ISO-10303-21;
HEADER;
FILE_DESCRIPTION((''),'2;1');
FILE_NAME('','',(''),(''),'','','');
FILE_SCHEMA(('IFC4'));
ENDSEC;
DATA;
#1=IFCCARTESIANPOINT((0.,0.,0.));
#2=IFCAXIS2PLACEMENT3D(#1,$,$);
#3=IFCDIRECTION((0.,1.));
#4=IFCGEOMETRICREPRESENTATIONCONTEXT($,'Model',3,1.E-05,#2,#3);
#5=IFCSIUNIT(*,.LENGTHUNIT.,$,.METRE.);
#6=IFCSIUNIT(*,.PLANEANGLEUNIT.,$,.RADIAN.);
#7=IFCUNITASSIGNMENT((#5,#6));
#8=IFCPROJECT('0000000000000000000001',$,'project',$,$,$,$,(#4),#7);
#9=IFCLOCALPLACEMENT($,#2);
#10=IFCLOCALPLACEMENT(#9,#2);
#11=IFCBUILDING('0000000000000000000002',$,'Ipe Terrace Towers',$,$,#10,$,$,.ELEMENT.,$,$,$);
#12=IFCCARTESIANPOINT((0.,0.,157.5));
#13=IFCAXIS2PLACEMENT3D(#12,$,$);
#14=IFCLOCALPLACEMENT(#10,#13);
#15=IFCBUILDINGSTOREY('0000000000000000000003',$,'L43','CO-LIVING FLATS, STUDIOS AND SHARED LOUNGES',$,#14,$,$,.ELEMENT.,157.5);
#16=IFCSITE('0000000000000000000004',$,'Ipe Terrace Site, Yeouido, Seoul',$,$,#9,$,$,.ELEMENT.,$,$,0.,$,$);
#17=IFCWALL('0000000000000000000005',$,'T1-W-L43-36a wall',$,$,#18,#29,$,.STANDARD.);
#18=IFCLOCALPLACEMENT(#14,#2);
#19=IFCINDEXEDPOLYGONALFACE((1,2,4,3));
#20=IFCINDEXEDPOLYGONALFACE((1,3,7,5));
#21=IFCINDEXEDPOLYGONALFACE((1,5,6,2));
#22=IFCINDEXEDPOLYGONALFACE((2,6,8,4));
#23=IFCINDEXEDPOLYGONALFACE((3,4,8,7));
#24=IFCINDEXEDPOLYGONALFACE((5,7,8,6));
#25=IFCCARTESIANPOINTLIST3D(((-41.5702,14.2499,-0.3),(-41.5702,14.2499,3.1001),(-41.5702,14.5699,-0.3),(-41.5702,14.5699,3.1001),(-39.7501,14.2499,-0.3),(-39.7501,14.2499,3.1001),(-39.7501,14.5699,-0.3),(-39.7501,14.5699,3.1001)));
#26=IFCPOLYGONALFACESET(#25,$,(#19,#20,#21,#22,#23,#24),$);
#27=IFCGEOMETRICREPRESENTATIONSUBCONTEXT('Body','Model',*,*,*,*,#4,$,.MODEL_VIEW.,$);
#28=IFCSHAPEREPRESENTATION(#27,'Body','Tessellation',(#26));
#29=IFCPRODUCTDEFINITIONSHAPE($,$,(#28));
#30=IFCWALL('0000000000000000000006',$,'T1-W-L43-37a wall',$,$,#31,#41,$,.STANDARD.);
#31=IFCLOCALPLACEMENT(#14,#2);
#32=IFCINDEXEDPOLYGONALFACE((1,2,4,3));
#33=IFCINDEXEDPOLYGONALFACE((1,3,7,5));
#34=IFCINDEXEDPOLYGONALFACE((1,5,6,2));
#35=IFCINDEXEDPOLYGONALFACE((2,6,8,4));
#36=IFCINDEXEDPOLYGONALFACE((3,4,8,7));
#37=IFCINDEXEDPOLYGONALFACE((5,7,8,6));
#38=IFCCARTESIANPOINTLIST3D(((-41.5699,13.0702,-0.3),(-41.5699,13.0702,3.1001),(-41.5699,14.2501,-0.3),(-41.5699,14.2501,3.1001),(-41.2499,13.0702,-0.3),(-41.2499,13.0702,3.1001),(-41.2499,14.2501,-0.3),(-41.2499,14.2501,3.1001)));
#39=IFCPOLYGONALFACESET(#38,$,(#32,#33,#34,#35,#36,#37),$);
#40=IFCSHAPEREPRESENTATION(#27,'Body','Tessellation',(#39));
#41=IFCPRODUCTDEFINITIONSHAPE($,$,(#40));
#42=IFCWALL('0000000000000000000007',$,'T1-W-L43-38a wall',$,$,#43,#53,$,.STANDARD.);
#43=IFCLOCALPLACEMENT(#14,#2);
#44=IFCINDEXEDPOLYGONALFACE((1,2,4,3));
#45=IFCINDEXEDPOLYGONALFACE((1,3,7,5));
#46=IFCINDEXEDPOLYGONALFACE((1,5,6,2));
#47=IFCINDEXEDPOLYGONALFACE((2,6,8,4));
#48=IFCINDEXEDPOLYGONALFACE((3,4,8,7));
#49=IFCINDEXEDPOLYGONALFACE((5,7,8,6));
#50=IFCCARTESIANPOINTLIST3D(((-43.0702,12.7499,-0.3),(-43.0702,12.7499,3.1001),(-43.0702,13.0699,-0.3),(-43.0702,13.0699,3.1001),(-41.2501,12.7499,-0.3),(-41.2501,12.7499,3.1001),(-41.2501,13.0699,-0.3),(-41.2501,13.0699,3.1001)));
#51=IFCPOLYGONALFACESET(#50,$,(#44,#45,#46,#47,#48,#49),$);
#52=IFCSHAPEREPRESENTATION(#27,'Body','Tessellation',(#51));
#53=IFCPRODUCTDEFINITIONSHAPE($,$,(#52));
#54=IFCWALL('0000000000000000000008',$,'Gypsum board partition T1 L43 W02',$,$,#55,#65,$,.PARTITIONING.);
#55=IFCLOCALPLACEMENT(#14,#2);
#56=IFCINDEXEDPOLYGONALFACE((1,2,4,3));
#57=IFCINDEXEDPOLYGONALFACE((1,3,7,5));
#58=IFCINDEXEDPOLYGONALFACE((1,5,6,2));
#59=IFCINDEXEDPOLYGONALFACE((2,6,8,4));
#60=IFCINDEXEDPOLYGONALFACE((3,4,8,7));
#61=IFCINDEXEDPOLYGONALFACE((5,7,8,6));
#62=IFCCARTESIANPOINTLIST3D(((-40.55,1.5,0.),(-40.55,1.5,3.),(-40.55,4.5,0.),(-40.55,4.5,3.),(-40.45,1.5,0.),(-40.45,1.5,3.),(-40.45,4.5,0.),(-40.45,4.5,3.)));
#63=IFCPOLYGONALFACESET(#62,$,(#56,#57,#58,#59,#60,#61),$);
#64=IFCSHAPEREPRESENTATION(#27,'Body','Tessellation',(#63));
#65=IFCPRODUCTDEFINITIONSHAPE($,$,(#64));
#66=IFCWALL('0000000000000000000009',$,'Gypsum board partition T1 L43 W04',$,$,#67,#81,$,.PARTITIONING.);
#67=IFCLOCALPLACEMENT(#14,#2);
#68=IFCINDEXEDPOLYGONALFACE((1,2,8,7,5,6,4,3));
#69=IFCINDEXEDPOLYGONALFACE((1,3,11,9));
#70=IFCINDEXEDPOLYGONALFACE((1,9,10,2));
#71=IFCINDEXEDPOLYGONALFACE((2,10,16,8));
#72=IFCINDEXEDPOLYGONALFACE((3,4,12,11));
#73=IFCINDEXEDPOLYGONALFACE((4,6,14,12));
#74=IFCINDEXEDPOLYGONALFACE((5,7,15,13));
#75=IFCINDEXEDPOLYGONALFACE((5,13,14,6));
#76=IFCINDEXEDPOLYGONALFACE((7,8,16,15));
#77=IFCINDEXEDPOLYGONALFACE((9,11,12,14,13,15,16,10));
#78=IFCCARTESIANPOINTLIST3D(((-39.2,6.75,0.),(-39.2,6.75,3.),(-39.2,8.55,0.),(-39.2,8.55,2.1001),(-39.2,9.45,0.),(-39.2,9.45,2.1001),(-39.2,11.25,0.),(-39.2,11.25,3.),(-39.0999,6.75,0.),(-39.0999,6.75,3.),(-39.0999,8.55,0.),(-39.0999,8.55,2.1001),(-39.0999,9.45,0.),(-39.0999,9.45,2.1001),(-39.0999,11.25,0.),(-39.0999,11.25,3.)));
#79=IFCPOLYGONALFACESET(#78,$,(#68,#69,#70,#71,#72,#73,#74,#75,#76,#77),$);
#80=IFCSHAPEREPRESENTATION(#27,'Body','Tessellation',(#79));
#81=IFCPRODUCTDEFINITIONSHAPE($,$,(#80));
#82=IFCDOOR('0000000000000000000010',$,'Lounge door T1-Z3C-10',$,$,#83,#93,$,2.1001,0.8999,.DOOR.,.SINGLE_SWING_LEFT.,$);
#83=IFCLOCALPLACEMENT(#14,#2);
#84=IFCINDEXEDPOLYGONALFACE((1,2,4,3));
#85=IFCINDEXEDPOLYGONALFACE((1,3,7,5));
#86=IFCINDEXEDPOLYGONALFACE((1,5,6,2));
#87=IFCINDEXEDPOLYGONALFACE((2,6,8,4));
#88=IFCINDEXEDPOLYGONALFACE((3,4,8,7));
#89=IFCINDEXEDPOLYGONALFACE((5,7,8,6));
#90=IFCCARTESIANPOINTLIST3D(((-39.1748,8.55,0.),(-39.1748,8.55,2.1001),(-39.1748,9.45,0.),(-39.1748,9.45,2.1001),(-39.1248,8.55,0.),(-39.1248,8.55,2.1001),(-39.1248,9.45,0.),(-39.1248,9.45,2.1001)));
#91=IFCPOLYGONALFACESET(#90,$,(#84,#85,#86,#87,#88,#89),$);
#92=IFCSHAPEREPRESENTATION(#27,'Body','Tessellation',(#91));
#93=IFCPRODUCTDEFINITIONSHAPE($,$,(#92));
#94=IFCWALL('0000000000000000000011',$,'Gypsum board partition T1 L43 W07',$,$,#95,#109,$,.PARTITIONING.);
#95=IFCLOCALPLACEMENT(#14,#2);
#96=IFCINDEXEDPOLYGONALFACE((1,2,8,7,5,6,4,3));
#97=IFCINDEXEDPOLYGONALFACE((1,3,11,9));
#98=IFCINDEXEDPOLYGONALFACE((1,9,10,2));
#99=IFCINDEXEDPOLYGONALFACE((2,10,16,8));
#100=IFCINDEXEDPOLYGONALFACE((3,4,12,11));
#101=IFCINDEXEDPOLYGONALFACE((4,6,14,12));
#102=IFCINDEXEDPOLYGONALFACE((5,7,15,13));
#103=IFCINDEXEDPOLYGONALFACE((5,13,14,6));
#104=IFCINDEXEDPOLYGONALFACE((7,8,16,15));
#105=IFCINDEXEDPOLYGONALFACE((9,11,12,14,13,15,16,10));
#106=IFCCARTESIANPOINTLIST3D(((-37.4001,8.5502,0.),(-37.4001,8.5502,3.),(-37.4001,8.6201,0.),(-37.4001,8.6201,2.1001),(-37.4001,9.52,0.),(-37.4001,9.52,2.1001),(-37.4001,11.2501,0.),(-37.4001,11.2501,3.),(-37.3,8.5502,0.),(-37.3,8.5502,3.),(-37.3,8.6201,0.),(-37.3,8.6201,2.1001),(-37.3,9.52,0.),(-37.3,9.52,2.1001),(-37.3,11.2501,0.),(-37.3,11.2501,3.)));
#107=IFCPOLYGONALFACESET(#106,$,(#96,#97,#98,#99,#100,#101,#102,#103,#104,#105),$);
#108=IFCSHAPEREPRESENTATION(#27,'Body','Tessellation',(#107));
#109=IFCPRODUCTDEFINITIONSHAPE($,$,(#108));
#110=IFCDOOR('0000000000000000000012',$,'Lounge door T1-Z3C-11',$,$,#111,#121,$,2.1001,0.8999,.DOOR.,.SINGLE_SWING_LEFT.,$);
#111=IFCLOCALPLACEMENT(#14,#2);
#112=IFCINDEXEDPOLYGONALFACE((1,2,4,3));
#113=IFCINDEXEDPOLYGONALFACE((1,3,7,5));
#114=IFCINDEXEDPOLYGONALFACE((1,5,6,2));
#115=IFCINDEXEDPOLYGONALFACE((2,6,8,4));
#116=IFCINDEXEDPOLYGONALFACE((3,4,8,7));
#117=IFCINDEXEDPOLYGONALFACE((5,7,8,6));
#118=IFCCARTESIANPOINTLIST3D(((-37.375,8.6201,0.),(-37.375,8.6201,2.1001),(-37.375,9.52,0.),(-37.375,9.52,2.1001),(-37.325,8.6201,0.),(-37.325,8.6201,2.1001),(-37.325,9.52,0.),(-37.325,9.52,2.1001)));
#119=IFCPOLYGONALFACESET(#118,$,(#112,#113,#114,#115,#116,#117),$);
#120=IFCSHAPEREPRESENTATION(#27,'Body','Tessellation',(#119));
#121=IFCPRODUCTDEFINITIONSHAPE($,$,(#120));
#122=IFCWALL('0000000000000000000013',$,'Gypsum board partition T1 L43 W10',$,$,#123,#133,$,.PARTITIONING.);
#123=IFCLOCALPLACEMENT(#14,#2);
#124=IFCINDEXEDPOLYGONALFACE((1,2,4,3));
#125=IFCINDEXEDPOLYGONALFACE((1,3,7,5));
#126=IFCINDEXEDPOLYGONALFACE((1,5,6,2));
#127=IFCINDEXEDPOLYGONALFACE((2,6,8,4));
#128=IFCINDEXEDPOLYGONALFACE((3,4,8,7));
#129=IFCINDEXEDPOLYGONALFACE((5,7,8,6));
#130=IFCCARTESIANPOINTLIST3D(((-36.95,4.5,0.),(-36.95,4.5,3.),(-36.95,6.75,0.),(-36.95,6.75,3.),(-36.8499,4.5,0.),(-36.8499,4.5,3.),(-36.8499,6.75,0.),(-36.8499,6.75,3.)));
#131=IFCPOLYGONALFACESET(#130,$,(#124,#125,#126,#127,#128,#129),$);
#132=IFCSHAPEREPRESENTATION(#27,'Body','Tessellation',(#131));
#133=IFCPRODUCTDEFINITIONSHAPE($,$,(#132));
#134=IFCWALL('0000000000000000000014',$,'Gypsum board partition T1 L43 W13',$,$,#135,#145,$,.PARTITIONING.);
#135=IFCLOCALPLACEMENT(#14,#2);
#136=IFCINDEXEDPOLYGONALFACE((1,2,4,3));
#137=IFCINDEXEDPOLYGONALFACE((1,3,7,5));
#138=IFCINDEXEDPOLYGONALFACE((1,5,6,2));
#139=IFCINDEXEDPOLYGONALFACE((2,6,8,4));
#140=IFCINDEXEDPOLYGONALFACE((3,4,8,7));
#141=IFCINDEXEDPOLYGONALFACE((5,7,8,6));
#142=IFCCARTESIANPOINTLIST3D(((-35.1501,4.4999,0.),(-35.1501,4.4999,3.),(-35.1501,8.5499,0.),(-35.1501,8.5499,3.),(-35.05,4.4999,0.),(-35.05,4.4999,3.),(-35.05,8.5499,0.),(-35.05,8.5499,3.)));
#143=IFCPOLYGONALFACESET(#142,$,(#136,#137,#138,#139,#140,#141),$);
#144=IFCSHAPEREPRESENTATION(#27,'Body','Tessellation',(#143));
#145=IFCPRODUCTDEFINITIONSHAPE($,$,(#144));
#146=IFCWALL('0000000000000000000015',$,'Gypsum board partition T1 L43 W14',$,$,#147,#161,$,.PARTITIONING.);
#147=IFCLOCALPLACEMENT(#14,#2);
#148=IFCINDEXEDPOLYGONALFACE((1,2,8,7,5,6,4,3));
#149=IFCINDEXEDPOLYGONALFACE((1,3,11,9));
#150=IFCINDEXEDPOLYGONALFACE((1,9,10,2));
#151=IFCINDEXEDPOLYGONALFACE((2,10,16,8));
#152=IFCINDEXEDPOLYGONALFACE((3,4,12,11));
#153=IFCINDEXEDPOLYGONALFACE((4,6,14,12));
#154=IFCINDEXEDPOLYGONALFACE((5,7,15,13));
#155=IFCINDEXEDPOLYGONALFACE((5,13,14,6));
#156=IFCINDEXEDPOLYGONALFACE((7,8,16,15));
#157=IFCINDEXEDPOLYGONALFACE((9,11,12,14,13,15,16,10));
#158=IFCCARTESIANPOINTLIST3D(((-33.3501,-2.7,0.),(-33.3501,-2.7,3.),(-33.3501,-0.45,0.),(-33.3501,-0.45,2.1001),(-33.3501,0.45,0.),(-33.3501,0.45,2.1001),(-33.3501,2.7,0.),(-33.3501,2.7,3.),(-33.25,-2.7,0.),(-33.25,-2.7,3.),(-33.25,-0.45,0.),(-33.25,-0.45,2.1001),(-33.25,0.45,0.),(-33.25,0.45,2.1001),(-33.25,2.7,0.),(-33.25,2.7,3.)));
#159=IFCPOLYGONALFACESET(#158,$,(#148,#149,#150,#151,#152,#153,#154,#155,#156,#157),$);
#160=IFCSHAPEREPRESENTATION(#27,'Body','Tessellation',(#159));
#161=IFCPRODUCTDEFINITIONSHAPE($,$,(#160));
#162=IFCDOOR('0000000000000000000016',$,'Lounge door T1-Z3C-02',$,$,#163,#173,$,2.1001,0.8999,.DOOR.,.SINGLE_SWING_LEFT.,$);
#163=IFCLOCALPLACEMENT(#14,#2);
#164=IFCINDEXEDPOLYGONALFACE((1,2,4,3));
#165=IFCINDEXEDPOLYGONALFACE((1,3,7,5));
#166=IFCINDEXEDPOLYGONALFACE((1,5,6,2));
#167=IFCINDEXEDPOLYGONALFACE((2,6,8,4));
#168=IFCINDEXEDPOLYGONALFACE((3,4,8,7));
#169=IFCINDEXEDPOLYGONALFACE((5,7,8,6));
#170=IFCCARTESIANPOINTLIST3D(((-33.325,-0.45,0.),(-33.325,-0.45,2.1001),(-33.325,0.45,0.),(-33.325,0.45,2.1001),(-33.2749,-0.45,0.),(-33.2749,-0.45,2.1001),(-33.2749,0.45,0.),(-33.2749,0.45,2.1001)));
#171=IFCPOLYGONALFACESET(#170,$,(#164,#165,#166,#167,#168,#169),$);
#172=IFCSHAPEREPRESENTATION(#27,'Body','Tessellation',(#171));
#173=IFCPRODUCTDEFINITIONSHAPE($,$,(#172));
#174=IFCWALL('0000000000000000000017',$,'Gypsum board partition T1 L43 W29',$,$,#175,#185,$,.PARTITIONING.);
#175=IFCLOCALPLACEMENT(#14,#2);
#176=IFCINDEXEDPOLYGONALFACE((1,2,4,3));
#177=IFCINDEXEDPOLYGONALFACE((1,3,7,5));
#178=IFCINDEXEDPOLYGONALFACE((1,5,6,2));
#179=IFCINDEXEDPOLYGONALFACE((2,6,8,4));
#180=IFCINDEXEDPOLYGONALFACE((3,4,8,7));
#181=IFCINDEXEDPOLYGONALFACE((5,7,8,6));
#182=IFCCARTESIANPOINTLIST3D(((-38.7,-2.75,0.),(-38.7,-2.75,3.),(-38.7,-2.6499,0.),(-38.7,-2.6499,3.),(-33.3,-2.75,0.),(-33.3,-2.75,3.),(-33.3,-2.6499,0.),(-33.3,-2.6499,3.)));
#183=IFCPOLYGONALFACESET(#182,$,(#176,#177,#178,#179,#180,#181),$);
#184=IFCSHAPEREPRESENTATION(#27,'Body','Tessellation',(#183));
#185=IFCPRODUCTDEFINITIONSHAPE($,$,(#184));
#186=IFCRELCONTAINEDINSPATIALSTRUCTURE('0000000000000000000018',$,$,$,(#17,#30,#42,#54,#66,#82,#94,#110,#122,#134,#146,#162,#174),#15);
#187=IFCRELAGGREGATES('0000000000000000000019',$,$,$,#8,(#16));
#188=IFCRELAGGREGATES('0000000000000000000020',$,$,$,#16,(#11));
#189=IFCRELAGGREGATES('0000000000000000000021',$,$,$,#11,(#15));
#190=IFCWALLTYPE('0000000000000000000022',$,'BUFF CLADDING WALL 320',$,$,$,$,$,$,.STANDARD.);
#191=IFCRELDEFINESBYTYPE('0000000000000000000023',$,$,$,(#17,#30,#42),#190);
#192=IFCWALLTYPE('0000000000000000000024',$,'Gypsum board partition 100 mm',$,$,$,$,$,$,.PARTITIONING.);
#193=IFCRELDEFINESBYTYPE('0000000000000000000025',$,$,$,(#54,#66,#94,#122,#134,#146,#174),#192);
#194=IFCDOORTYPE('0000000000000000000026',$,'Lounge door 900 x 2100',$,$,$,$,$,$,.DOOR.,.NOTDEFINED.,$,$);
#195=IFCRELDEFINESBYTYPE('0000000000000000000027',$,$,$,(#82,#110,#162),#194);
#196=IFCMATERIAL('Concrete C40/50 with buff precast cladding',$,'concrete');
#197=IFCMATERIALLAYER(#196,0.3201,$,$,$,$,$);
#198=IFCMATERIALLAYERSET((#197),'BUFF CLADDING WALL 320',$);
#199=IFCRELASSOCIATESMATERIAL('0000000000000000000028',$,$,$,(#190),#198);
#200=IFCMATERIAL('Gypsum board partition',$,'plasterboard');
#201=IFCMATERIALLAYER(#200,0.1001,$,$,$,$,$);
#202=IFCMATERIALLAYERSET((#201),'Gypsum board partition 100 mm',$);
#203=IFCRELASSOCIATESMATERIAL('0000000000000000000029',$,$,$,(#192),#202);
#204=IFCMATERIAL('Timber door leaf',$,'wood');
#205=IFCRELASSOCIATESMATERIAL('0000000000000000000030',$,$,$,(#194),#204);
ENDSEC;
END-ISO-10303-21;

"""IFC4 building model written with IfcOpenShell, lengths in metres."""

from ifc_helpers import new_model, si_unit, direction, frame, frame_2d, origin, place, context, subcontext, project, spatial, rectangle, extrude, material, layer, layer_set, type_object, element, fill, save


model = new_model("IFC4")

# Units and contexts
model_context = context("Model", 3, precision=1e-05, world=origin(), true_north=direction((0.0, 1.0)))
body_context = subcontext(model_context, "Body", "Model", "MODEL_VIEW")
ifc_project = project(units=[si_unit("LENGTHUNIT", "METRE"), si_unit("PLANEANGLEUNIT", "RADIAN")], contexts=[model_context])

# Site, building, storey
site_placement = place(None, origin())
site = spatial("IfcSite", under=ifc_project, at=site_placement, Name="Ipe Terrace Site, Yeouido, Seoul", CompositionType="ELEMENT", RefElevation=0.0)
building_placement = place(site_placement, origin())
building = spatial("IfcBuilding", under=site, at=building_placement, Name="Ipe Terrace Towers", CompositionType="ELEMENT")
storey_placement = place(building_placement, frame((0.0, 0.0, 157.5)))
storey = spatial("IfcBuildingStorey", under=building, at=storey_placement, Name="L43", Description="CO-LIVING FLATS, STUDIOS AND SHARED LOUNGES", CompositionType="ELEMENT", Elevation=157.5)

# Walls
ifc_material_1 = material(Name="Concrete C40/50 with buff precast cladding", Category="concrete")
ifc_layer_1 = layer(ifc_material_1, 0.3201)
ifc_layer_set_1 = layer_set([ifc_layer_1], Name="BUFF CLADDING WALL 320")
wall_type_1 = type_object("IfcWallType", Name="BUFF CLADDING WALL 320", PredefinedType="STANDARD", material=ifc_layer_set_1)
wall_1_placement = place(storey_placement, frame((-39.75, 14.4099, -0.3), z_axis=(0.0, 0.0, 1.0), x_axis=(-1.0, 0.0, 0.0)))
element("IfcWall", 1, at=wall_1_placement, inside=storey, type_object=wall_type_1, Name="T1-W-L43-36a wall", PredefinedType="STANDARD", context=body_context, shape_type="SweptSolid", body=[
    extrude(rectangle(XDim=1.8201, YDim=0.3201, at=frame_2d((0.9102, 0.0))), origin(), (0.0, 0.0, 1.0), 3.4001),
])
wall_2_placement = place(storey_placement, frame((-41.4099, 14.25, -0.3), z_axis=(0.0, 0.0, 1.0), x_axis=(0.0, -1.0, 0.0)))
element("IfcWall", 2, at=wall_2_placement, inside=storey, type_object=wall_type_1, Name="T1-W-L43-37a wall", PredefinedType="STANDARD", context=body_context, shape_type="SweptSolid", body=[
    extrude(rectangle(XDim=1.1799, YDim=0.3201, at=frame_2d((0.5898, 0.0))), origin(), (0.0, 0.0, 1.0), 3.4001),
])
wall_3_placement = place(storey_placement, frame((-41.25, 12.9099, -0.3), z_axis=(0.0, 0.0, 1.0), x_axis=(-1.0, 0.0, 0.0)))
element("IfcWall", 3, at=wall_3_placement, inside=storey, type_object=wall_type_1, Name="T1-W-L43-38a wall", PredefinedType="STANDARD", context=body_context, shape_type="SweptSolid", body=[
    extrude(rectangle(XDim=1.8201, YDim=0.3201, at=frame_2d((0.9102, 0.0))), origin(), (0.0, 0.0, 1.0), 3.4001),
])
ifc_material_2 = material(Name="Gypsum board partition", Category="plasterboard")
ifc_layer_2 = layer(ifc_material_2, 0.1001)
ifc_layer_set_2 = layer_set([ifc_layer_2], Name="Gypsum board partition 100 mm")
wall_type_2 = type_object("IfcWallType", Name="Gypsum board partition 100 mm", PredefinedType="PARTITIONING", material=ifc_layer_set_2)
wall_4_placement = place(storey_placement, frame((-40.5, 1.5, 0.0), z_axis=(0.0, 0.0, 1.0), x_axis=(0.0, 1.0, 0.0)))
element("IfcWall", 4, at=wall_4_placement, inside=storey, type_object=wall_type_2, Name="Gypsum board partition T1 L43 W02", PredefinedType="PARTITIONING", context=body_context, shape_type="SweptSolid", body=[
    extrude(rectangle(XDim=3.0, YDim=0.1001, at=frame_2d((1.5, 0.0))), origin(), (0.0, 0.0, 1.0), 3.0),
])

# Walls, openings, doors
wall_5_placement = place(storey_placement, frame((-39.1499, 6.75, 0.0), z_axis=(0.0, 0.0, 1.0), x_axis=(0.0, 1.0, 0.0)))
wall_5 = element("IfcWall", 5, at=wall_5_placement, inside=storey, type_object=wall_type_2, Name="Gypsum board partition T1 L43 W04", PredefinedType="PARTITIONING", context=body_context, shape_type="SweptSolid", body=[
    extrude(rectangle(XDim=4.5, YDim=0.1001, at=frame_2d((2.25, 0.0))), origin(), (0.0, 0.0, 1.0), 3.0),
])
opening_1_placement = place(wall_5_placement, frame((1.8, 0.0, 0.0)))
opening_1 = element("IfcOpeningElement", 6, at=opening_1_placement, cuts=wall_5, PredefinedType="OPENING", context=body_context, shape_type="SweptSolid", body=[
    extrude(rectangle(XDim=0.8999, YDim=2.1001, at=frame_2d((0.45, 1.05))), frame((0.0, 0.0601, 0.0), z_axis=(0.0, -1.0, 0.0), x_axis=(1.0, 0.0, 0.0)), (0.0, 0.0, 1.0), 0.1201),
])
ifc_material_3 = material(Name="Timber door leaf", Category="wood")
door_type = type_object("IfcDoorType", Name="Lounge door 900 x 2100", OperationType="NOTDEFINED", PredefinedType="DOOR", material=ifc_material_3)
door_1_placement = place(opening_1_placement, origin())
door_1 = element("IfcDoor", 7, at=door_1_placement, inside=storey, type_object=door_type, Name="Lounge door T1-Z3C-10", OperationType="SINGLE_SWING_LEFT", OverallHeight=2.1001, OverallWidth=0.8999, PredefinedType="DOOR", context=body_context, shape_type="SweptSolid", body=[
    extrude(rectangle(XDim=0.8999, YDim=2.1001, at=frame_2d((0.45, 1.05))), frame((0.0, 0.0249, 0.0), z_axis=(0.0, -1.0, 0.0), x_axis=(1.0, 0.0, 0.0)), (0.0, 0.0, 1.0), 0.05),
])
fill(opening_1, door_1)
wall_6_placement = place(storey_placement, frame((-37.3501, 8.55, 0.0), z_axis=(0.0, 0.0, 1.0), x_axis=(0.0, 1.0, 0.0)))
wall_6 = element("IfcWall", 8, at=wall_6_placement, inside=storey, type_object=wall_type_2, Name="Gypsum board partition T1 L43 W07", PredefinedType="PARTITIONING", context=body_context, shape_type="SweptSolid", body=[
    extrude(rectangle(XDim=2.7, YDim=0.1001, at=frame_2d((1.3501, 0.0))), origin(), (0.0, 0.0, 1.0), 3.0),
])
opening_2_placement = place(wall_6_placement, frame((0.0701, 0.0, 0.0)))
opening_2 = element("IfcOpeningElement", 9, at=opening_2_placement, cuts=wall_6, PredefinedType="OPENING", context=body_context, shape_type="SweptSolid", body=[
    extrude(rectangle(XDim=0.8999, YDim=2.1001, at=frame_2d((0.45, 1.05))), frame((0.0, 0.0601, 0.0), z_axis=(0.0, -1.0, 0.0), x_axis=(1.0, 0.0, 0.0)), (0.0, 0.0, 1.0), 0.1201),
])
door_2_placement = place(opening_2_placement, origin())
door_2 = element("IfcDoor", 10, at=door_2_placement, inside=storey, type_object=door_type, Name="Lounge door T1-Z3C-11", OperationType="SINGLE_SWING_LEFT", OverallHeight=2.1001, OverallWidth=0.8999, PredefinedType="DOOR", context=body_context, shape_type="SweptSolid", body=[
    extrude(rectangle(XDim=0.8999, YDim=2.1001, at=frame_2d((0.45, 1.05))), frame((0.0, 0.0249, 0.0), z_axis=(0.0, -1.0, 0.0), x_axis=(1.0, 0.0, 0.0)), (0.0, 0.0, 1.0), 0.05),
])
fill(opening_2, door_2)

# Walls
wall_7_placement = place(storey_placement, frame((-36.8999, 4.5, 0.0), z_axis=(0.0, 0.0, 1.0), x_axis=(0.0, 1.0, 0.0)))
element("IfcWall", 11, at=wall_7_placement, inside=storey, type_object=wall_type_2, Name="Gypsum board partition T1 L43 W10", PredefinedType="PARTITIONING", context=body_context, shape_type="SweptSolid", body=[
    extrude(rectangle(XDim=2.25, YDim=0.1001, at=frame_2d((1.125, 0.0))), origin(), (0.0, 0.0, 1.0), 3.0),
])
wall_8_placement = place(storey_placement, frame((-35.1001, 4.5, 0.0), z_axis=(0.0, 0.0, 1.0), x_axis=(0.0, 1.0, 0.0)))
element("IfcWall", 12, at=wall_8_placement, inside=storey, type_object=wall_type_2, Name="Gypsum board partition T1 L43 W13", PredefinedType="PARTITIONING", context=body_context, shape_type="SweptSolid", body=[
    extrude(rectangle(XDim=4.05, YDim=0.1001, at=frame_2d((2.0249, 0.0))), origin(), (0.0, 0.0, 1.0), 3.0),
])

# Wall, opening, door
wall_9_placement = place(storey_placement, frame((-33.3, -2.7, 0.0), z_axis=(0.0, 0.0, 1.0), x_axis=(0.0, 1.0, 0.0)))
wall_9 = element("IfcWall", 13, at=wall_9_placement, inside=storey, type_object=wall_type_2, Name="Gypsum board partition T1 L43 W14", PredefinedType="PARTITIONING", context=body_context, shape_type="SweptSolid", body=[
    extrude(rectangle(XDim=5.3999, YDim=0.1001, at=frame_2d((2.7, 0.0))), origin(), (0.0, 0.0, 1.0), 3.0),
])
opening_3_placement = place(wall_9_placement, frame((2.25, 0.0, 0.0)))
opening_3 = element("IfcOpeningElement", 14, at=opening_3_placement, cuts=wall_9, PredefinedType="OPENING", context=body_context, shape_type="SweptSolid", body=[
    extrude(rectangle(XDim=0.8999, YDim=2.1001, at=frame_2d((0.45, 1.05))), frame((0.0, 0.0601, 0.0), z_axis=(0.0, -1.0, 0.0), x_axis=(1.0, 0.0, 0.0)), (0.0, 0.0, 1.0), 0.1201),
])
door_3_placement = place(opening_3_placement, origin())
door_3 = element("IfcDoor", 15, at=door_3_placement, inside=storey, type_object=door_type, Name="Lounge door T1-Z3C-02", OperationType="SINGLE_SWING_LEFT", OverallHeight=2.1001, OverallWidth=0.8999, PredefinedType="DOOR", context=body_context, shape_type="SweptSolid", body=[
    extrude(rectangle(XDim=0.8999, YDim=2.1001, at=frame_2d((0.45, 1.05))), frame((0.0, 0.0249, 0.0), z_axis=(0.0, -1.0, 0.0), x_axis=(1.0, 0.0, 0.0)), (0.0, 0.0, 1.0), 0.05),
])
fill(opening_3, door_3)

# Wall
wall_10_placement = place(storey_placement, frame((-38.7, -2.7, 0.0), z_axis=(0.0, 0.0, 1.0), x_axis=(1.0, 0.0, 0.0)))
element("IfcWall", 16, at=wall_10_placement, inside=storey, type_object=wall_type_2, Name="Gypsum board partition T1 L43 W29", PredefinedType="PARTITIONING", context=body_context, shape_type="SweptSolid", body=[
    extrude(rectangle(XDim=5.3999, YDim=0.1001, at=frame_2d((2.7, 0.0))), origin(), (0.0, 0.0, 1.0), 3.0),
])

save(model, "model.ifc")
